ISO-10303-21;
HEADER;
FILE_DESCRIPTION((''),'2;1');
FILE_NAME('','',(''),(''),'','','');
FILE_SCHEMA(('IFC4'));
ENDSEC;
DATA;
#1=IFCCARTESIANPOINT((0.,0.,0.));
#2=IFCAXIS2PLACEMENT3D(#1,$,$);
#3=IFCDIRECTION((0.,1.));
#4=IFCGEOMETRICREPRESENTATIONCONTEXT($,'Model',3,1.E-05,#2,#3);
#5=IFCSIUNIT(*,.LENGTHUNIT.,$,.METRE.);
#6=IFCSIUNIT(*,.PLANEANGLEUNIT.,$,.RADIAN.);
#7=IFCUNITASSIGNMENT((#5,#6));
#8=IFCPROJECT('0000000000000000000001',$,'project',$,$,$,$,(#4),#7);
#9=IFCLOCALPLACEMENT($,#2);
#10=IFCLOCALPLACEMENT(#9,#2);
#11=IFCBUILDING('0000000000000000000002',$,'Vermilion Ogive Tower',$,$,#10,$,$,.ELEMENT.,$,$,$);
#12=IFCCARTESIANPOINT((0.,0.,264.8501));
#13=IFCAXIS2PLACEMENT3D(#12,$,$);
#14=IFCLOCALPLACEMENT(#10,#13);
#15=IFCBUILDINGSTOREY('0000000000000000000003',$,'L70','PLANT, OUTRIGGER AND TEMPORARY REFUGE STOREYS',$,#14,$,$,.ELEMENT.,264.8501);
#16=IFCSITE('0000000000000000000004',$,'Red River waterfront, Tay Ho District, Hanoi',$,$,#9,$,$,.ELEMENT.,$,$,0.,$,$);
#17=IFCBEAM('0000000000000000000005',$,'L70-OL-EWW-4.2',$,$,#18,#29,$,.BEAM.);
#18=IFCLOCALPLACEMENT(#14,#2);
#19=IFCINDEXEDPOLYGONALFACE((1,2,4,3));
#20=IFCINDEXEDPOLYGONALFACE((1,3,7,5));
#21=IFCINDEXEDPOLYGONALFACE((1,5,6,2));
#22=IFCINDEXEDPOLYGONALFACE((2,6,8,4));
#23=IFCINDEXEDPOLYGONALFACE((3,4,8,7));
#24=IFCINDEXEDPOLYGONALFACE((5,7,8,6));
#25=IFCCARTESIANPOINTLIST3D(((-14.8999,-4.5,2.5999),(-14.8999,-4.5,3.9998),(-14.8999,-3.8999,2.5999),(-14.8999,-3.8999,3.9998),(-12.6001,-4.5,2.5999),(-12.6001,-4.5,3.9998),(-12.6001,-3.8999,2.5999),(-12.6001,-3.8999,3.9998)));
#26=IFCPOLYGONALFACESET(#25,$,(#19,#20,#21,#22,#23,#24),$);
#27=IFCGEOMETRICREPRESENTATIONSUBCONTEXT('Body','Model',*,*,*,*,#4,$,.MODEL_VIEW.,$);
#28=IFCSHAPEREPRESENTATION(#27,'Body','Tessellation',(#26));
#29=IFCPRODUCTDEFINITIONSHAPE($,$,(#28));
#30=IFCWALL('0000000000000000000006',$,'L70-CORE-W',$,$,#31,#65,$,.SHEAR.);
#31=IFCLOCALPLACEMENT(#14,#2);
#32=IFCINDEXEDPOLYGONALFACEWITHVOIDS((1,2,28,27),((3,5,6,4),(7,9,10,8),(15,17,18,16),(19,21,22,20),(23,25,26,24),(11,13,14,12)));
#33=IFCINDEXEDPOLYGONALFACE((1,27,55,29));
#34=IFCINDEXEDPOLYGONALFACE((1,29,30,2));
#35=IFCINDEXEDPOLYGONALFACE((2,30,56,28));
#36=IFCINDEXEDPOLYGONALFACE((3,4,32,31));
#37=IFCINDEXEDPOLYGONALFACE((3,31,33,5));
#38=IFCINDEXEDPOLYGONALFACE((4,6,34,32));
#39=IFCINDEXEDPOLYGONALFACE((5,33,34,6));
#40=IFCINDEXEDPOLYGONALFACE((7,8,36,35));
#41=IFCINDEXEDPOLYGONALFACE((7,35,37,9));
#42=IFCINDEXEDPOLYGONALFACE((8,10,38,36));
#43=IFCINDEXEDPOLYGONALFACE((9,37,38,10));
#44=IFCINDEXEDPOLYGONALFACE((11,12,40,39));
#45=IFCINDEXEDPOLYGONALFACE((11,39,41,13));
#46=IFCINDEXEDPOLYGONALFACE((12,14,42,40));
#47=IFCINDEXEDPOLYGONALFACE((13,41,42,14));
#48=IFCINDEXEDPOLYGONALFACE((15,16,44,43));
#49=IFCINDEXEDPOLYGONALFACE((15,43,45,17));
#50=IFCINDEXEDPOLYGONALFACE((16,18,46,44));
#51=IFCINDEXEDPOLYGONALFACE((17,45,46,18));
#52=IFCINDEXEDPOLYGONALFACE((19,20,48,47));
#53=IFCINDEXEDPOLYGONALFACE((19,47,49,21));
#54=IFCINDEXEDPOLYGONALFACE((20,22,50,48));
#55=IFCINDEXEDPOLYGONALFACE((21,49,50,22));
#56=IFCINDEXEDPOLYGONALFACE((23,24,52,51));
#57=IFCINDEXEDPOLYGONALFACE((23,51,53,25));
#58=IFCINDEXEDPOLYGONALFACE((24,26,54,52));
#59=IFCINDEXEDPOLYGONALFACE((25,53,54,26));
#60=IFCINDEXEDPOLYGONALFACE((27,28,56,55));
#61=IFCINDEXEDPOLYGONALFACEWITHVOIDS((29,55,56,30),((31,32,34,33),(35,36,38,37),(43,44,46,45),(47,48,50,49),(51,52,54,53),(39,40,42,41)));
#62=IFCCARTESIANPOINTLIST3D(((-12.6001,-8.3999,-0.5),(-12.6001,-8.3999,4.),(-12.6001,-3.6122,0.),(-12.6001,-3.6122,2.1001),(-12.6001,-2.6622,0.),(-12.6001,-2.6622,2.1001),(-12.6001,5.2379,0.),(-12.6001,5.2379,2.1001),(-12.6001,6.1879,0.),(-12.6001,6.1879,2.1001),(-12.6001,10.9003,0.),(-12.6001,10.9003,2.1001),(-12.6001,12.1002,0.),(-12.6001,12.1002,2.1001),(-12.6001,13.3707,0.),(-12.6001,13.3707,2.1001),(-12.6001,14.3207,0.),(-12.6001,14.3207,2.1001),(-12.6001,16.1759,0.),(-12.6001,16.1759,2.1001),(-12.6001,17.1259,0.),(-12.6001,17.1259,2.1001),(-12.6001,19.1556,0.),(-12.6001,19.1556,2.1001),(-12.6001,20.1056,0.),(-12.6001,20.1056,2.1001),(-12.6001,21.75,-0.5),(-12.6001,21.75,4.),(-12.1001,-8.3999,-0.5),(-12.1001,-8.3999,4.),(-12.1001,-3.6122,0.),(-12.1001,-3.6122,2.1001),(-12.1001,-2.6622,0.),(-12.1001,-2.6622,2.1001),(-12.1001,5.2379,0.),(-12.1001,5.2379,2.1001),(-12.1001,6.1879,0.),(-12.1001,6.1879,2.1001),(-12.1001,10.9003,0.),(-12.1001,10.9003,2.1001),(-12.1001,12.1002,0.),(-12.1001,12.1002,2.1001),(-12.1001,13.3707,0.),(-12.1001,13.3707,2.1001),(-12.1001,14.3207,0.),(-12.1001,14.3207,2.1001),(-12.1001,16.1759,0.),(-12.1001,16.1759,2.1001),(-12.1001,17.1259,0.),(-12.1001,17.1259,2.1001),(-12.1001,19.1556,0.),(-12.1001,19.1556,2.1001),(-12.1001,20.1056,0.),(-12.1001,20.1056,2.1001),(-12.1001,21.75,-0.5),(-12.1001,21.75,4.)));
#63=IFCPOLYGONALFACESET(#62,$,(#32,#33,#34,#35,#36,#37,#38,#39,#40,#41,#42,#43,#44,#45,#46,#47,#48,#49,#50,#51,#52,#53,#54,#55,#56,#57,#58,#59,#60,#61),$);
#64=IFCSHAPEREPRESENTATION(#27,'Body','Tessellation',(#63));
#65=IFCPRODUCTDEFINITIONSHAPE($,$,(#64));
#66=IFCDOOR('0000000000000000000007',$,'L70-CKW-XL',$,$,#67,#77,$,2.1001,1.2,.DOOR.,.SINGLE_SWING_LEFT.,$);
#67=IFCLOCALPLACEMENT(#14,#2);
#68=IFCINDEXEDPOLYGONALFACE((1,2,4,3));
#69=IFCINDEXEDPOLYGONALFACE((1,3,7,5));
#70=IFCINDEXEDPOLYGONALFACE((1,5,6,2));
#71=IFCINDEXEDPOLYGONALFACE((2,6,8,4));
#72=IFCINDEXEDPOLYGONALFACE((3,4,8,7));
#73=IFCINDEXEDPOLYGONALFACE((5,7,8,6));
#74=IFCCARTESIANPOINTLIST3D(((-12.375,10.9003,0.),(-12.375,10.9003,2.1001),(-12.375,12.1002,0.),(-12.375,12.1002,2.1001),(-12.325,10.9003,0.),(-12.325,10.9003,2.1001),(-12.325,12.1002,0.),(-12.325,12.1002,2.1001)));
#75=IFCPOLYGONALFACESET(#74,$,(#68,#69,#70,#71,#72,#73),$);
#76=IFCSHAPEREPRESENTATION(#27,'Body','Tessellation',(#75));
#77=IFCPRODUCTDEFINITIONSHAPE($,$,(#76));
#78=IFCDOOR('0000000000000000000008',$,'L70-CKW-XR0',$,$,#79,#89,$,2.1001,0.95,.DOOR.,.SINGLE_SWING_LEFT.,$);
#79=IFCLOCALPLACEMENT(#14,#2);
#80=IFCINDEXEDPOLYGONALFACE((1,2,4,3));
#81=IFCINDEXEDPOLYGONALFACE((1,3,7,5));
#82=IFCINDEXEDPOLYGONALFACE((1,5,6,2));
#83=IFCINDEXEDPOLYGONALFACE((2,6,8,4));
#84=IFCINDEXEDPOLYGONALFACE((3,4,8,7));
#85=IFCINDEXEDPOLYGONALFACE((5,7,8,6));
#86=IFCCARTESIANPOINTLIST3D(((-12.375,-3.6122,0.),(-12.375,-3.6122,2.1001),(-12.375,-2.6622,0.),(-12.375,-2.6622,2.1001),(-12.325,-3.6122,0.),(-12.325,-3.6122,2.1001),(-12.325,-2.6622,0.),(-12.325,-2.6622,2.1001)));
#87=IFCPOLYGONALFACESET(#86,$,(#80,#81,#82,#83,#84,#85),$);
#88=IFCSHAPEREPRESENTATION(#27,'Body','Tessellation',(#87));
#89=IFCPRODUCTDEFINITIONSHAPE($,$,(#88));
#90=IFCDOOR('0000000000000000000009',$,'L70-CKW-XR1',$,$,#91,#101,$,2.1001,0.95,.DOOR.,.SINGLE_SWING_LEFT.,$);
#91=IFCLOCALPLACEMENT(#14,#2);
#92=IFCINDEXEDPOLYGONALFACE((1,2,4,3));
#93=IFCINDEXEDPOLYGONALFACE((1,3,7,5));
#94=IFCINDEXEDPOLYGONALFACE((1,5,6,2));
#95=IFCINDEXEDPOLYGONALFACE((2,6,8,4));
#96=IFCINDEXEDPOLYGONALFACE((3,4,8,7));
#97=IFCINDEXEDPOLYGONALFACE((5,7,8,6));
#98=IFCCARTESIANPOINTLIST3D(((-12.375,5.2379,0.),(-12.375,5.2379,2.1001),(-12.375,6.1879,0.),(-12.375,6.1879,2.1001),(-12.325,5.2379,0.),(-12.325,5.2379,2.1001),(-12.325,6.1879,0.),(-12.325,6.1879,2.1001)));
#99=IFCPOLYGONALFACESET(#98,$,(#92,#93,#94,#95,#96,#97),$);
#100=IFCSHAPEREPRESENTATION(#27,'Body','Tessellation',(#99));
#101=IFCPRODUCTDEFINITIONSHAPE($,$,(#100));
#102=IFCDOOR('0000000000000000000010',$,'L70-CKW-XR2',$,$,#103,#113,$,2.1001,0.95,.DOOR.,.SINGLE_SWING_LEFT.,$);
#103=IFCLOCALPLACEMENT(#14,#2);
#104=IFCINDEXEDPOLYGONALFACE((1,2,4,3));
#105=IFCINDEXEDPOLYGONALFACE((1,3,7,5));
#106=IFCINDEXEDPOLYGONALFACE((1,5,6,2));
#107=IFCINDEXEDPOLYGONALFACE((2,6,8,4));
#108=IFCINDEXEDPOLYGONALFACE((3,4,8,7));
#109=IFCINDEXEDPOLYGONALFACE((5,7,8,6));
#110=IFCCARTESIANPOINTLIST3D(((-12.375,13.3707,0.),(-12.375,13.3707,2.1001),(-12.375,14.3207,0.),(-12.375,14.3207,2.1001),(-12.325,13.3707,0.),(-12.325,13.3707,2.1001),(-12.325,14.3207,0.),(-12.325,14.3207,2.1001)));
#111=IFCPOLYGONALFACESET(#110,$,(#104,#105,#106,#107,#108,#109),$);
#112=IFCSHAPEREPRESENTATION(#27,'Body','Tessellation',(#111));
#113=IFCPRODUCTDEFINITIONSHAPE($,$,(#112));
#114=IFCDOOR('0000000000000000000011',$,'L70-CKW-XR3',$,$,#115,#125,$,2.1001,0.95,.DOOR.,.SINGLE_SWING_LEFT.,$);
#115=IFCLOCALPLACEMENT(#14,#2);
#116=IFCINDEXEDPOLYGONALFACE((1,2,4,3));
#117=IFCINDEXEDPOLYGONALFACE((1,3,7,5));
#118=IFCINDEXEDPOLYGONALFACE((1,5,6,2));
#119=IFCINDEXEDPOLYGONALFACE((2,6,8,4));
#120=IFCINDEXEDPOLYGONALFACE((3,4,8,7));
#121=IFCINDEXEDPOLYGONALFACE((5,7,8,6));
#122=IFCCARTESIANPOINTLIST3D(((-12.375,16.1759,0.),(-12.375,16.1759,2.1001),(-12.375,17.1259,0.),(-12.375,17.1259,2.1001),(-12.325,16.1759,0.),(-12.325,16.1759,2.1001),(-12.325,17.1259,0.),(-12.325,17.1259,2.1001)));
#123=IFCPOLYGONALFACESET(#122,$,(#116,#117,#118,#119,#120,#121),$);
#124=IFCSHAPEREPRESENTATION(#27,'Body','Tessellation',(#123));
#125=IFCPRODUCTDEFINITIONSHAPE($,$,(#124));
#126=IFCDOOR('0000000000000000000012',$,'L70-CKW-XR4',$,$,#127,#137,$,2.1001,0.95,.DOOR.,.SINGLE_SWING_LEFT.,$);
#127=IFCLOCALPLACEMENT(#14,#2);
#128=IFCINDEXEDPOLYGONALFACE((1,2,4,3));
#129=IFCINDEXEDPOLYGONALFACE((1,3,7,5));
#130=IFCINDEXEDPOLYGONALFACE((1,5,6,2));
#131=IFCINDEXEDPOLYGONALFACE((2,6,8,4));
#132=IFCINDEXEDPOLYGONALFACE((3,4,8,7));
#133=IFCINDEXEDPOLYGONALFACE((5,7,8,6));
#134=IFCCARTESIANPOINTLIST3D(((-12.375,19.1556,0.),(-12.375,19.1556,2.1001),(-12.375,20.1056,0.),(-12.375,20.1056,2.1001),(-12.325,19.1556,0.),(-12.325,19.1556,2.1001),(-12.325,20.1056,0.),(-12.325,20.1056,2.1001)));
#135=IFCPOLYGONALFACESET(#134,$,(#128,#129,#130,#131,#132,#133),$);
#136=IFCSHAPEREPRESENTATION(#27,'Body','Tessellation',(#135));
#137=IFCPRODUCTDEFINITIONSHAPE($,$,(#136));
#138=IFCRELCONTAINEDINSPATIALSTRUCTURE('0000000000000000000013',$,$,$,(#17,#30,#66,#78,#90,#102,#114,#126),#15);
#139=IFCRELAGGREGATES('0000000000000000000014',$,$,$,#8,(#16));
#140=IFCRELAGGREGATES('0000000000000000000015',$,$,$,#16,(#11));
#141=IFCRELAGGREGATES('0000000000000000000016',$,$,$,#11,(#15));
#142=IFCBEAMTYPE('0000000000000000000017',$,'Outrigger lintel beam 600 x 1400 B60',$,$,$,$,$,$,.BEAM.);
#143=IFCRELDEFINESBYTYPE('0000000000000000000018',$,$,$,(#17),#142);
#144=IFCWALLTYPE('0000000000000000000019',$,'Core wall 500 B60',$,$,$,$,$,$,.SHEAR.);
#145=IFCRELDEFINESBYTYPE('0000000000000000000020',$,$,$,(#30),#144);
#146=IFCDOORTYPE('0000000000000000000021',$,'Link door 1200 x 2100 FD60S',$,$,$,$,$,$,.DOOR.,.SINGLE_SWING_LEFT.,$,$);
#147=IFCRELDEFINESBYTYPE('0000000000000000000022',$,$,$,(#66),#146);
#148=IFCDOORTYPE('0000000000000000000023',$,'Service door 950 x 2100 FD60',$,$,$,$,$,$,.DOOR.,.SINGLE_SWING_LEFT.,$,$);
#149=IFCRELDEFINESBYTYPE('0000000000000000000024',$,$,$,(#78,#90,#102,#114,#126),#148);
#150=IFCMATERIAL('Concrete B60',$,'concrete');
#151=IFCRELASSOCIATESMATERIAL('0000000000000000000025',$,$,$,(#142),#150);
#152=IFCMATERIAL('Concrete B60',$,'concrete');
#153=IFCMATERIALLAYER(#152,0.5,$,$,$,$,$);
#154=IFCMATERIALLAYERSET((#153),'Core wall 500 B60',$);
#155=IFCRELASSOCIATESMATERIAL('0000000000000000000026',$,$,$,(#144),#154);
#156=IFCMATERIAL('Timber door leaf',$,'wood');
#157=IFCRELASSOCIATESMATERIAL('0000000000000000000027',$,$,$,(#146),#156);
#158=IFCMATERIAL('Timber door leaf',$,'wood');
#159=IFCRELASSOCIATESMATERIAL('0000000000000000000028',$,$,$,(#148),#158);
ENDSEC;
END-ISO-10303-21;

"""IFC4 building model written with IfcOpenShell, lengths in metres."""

from ifc_helpers import new_model, si_unit, direction, frame, frame_2d, origin, origin_2d, place, context, subcontext, project, spatial, rectangle, extrude, material, layer, layer_set, material_profile, profile_set, type_object, element, fill, save


model = new_model("IFC4")

# Units and contexts
model_context = context("Model", 3, precision=1e-05, world=origin(), true_north=direction((0.0, 1.0)))
body_context = subcontext(model_context, "Body", "Model", "MODEL_VIEW")
ifc_project = project(units=[si_unit("LENGTHUNIT", "METRE"), si_unit("PLANEANGLEUNIT", "RADIAN")], contexts=[model_context])

# Site, building, storey
site_placement = place(None, origin())
site = spatial("IfcSite", under=ifc_project, at=site_placement, Name="Red River waterfront, Tay Ho District, Hanoi", CompositionType="ELEMENT", RefElevation=0.0)
building_placement = place(site_placement, origin())
building = spatial("IfcBuilding", under=site, at=building_placement, Name="Vermilion Ogive Tower", CompositionType="ELEMENT")
storey_placement = place(building_placement, frame((0.0, 0.0, 264.8501)))
storey = spatial("IfcBuildingStorey", under=building, at=storey_placement, Name="L70", Description="PLANT, OUTRIGGER AND TEMPORARY REFUGE STOREYS", CompositionType="ELEMENT", Elevation=264.8501)

# Beam
ifc_material_1 = material(Name="Concrete B60", Category="concrete")
ifc_material_profile = material_profile(ifc_material_1, rectangle(XDim=0.6001, YDim=1.3999, at=origin_2d()), Name="600 x 1400")
ifc_profile_set = profile_set([ifc_material_profile], Name="Concrete B60")
beam_type = type_object("IfcBeamType", Name="Outrigger lintel beam 600 x 1400 B60", PredefinedType="BEAM", material=ifc_profile_set)
beam_placement = place(storey_placement, frame((-12.6001, -4.2, 3.2998), z_axis=(-1.0, 0.0, 0.0), x_axis=(0.0, -1.0, 0.0)))
element("IfcBeam", 1, at=beam_placement, inside=storey, type_object=beam_type, Name="L70-OL-EWW-4.2", PredefinedType="BEAM", context=body_context, shape_type="SweptSolid", body=[
    extrude(rectangle(XDim=0.6001, YDim=1.3999, at=origin_2d()), origin(), (0.0, 0.0, 1.0), 2.2998),
])

# Wall, openings, doors
ifc_material_2 = material(Name="Concrete B60", Category="concrete")
ifc_layer_1 = layer(ifc_material_2, 0.5)
ifc_layer_set_1 = layer_set([ifc_layer_1], Name="Core wall 500 B60")
wall_type_1 = type_object("IfcWallType", Name="Core wall 500 B60", PredefinedType="SHEAR", material=ifc_layer_set_1)
wall_1_placement = place(storey_placement, frame((-12.3501, -8.3999, -0.5), z_axis=(0.0, 0.0, 1.0), x_axis=(0.0, 1.0, 0.0)))
wall_1 = element("IfcWall", 2, at=wall_1_placement, inside=storey, type_object=wall_type_1, Name="L70-CORE-W", PredefinedType="SHEAR", context=body_context, shape_type="SweptSolid", body=[
    extrude(rectangle(XDim=30.1499, YDim=0.5, at=frame_2d((15.075, 0.0))), origin(), (0.0, 0.0, 1.0), 4.5),
])
opening_1_placement = place(wall_1_placement, frame((4.7876, 0.0, 0.5)))
opening_1 = element("IfcOpeningElement", 3, at=opening_1_placement, cuts=wall_1, PredefinedType="OPENING", context=body_context, shape_type="SweptSolid", body=[
    extrude(rectangle(XDim=0.95, YDim=2.1001, at=frame_2d((0.4751, 1.05))), frame((0.0, 0.26, 0.0), z_axis=(0.0, -1.0, 0.0), x_axis=(1.0, 0.0, 0.0)), (0.0, 0.0, 1.0), 0.52),
])
opening_2_placement = place(wall_1_placement, frame((13.6377, 0.0, 0.5)))
opening_2 = element("IfcOpeningElement", 4, at=opening_2_placement, cuts=wall_1, PredefinedType="OPENING", context=body_context, shape_type="SweptSolid", body=[
    extrude(rectangle(XDim=0.95, YDim=2.1001, at=frame_2d((0.4751, 1.05))), frame((0.0, 0.26, 0.0), z_axis=(0.0, -1.0, 0.0), x_axis=(1.0, 0.0, 0.0)), (0.0, 0.0, 1.0), 0.52),
])
opening_3_placement = place(wall_1_placement, frame((21.7705, 0.0, 0.5)))
opening_3 = element("IfcOpeningElement", 5, at=opening_3_placement, cuts=wall_1, PredefinedType="OPENING", context=body_context, shape_type="SweptSolid", body=[
    extrude(rectangle(XDim=0.95, YDim=2.1001, at=frame_2d((0.4751, 1.05))), frame((0.0, 0.26, 0.0), z_axis=(0.0, -1.0, 0.0), x_axis=(1.0, 0.0, 0.0)), (0.0, 0.0, 1.0), 0.52),
])
opening_4_placement = place(wall_1_placement, frame((24.5757, 0.0, 0.5)))
opening_4 = element("IfcOpeningElement", 6, at=opening_4_placement, cuts=wall_1, PredefinedType="OPENING", context=body_context, shape_type="SweptSolid", body=[
    extrude(rectangle(XDim=0.95, YDim=2.1001, at=frame_2d((0.4751, 1.05))), frame((0.0, 0.26, 0.0), z_axis=(0.0, -1.0, 0.0), x_axis=(1.0, 0.0, 0.0)), (0.0, 0.0, 1.0), 0.52),
])
opening_5_placement = place(wall_1_placement, frame((27.5554, 0.0, 0.5)))
opening_5 = element("IfcOpeningElement", 7, at=opening_5_placement, cuts=wall_1, PredefinedType="OPENING", context=body_context, shape_type="SweptSolid", body=[
    extrude(rectangle(XDim=0.95, YDim=2.1001, at=frame_2d((0.4751, 1.05))), frame((0.0, 0.26, 0.0), z_axis=(0.0, -1.0, 0.0), x_axis=(1.0, 0.0, 0.0)), (0.0, 0.0, 1.0), 0.52),
])
opening_6_placement = place(wall_1_placement, frame((19.3, 0.0, 0.5)))
opening_6 = element("IfcOpeningElement", 8, at=opening_6_placement, cuts=wall_1, PredefinedType="OPENING", context=body_context, shape_type="SweptSolid", body=[
    extrude(rectangle(XDim=1.2, YDim=2.1001, at=frame_2d((0.6001, 1.05))), frame((0.0, 0.26, 0.0), z_axis=(0.0, -1.0, 0.0), x_axis=(1.0, 0.0, 0.0)), (0.0, 0.0, 1.0), 0.52),
])
ifc_material_3 = material(Name="Timber door leaf", Category="wood")
door_type_1 = type_object("IfcDoorType", Name="Link door 1200 x 2100 FD60S", OperationType="SINGLE_SWING_LEFT", PredefinedType="DOOR", material=ifc_material_3)
door_1_placement = place(opening_6_placement, origin())
door_1 = element("IfcDoor", 9, at=door_1_placement, inside=storey, type_object=door_type_1, Name="L70-CKW-XL", OperationType="SINGLE_SWING_LEFT", OverallHeight=2.1001, OverallWidth=1.2, PredefinedType="DOOR", context=body_context, shape_type="SweptSolid", body=[
    extrude(rectangle(XDim=1.2, YDim=2.1001, at=frame_2d((0.6001, 1.05))), frame((0.0, 0.0249, 0.0), z_axis=(0.0, -1.0, 0.0), x_axis=(1.0, 0.0, 0.0)), (0.0, 0.0, 1.0), 0.05),
])
fill(opening_6, door_1)
ifc_material_4 = material(Name="Timber door leaf", Category="wood")
door_type_2 = type_object("IfcDoorType", Name="Service door 950 x 2100 FD60", OperationType="SINGLE_SWING_LEFT", PredefinedType="DOOR", material=ifc_material_4)
door_2_placement = place(opening_1_placement, origin())
door_2 = element("IfcDoor", 10, at=door_2_placement, inside=storey, type_object=door_type_2, Name="L70-CKW-XR0", OperationType="SINGLE_SWING_LEFT", OverallHeight=2.1001, OverallWidth=0.95, PredefinedType="DOOR", context=body_context, shape_type="SweptSolid", body=[
    extrude(rectangle(XDim=0.95, YDim=2.1001, at=frame_2d((0.4751, 1.05))), frame((0.0, 0.0249, 0.0), z_axis=(0.0, -1.0, 0.0), x_axis=(1.0, 0.0, 0.0)), (0.0, 0.0, 1.0), 0.05),
])
fill(opening_1, door_2)
door_3_placement = place(opening_2_placement, origin())
door_3 = element("IfcDoor", 11, at=door_3_placement, inside=storey, type_object=door_type_2, Name="L70-CKW-XR1", OperationType="SINGLE_SWING_LEFT", OverallHeight=2.1001, OverallWidth=0.95, PredefinedType="DOOR", context=body_context, shape_type="SweptSolid", body=[
    extrude(rectangle(XDim=0.95, YDim=2.1001, at=frame_2d((0.4751, 1.05))), frame((0.0, 0.0249, 0.0), z_axis=(0.0, -1.0, 0.0), x_axis=(1.0, 0.0, 0.0)), (0.0, 0.0, 1.0), 0.05),
])
fill(opening_2, door_3)
door_4_placement = place(opening_3_placement, origin())
door_4 = element("IfcDoor", 12, at=door_4_placement, inside=storey, type_object=door_type_2, Name="L70-CKW-XR2", OperationType="SINGLE_SWING_LEFT", OverallHeight=2.1001, OverallWidth=0.95, PredefinedType="DOOR", context=body_context, shape_type="SweptSolid", body=[
    extrude(rectangle(XDim=0.95, YDim=2.1001, at=frame_2d((0.4751, 1.05))), frame((0.0, 0.0249, 0.0), z_axis=(0.0, -1.0, 0.0), x_axis=(1.0, 0.0, 0.0)), (0.0, 0.0, 1.0), 0.05),
])
fill(opening_3, door_4)
door_5_placement = place(opening_4_placement, origin())
door_5 = element("IfcDoor", 13, at=door_5_placement, inside=storey, type_object=door_type_2, Name="L70-CKW-XR3", OperationType="SINGLE_SWING_LEFT", OverallHeight=2.1001, OverallWidth=0.95, PredefinedType="DOOR", context=body_context, shape_type="SweptSolid", body=[
    extrude(rectangle(XDim=0.95, YDim=2.1001, at=frame_2d((0.4751, 1.05))), frame((0.0, 0.0249, 0.0), z_axis=(0.0, -1.0, 0.0), x_axis=(1.0, 0.0, 0.0)), (0.0, 0.0, 1.0), 0.05),
])
fill(opening_4, door_5)
door_6_placement = place(opening_5_placement, origin())
door_6 = element("IfcDoor", 14, at=door_6_placement, inside=storey, type_object=door_type_2, Name="L70-CKW-XR4", OperationType="SINGLE_SWING_LEFT", OverallHeight=2.1001, OverallWidth=0.95, PredefinedType="DOOR", context=body_context, shape_type="SweptSolid", body=[
    extrude(rectangle(XDim=0.95, YDim=2.1001, at=frame_2d((0.4751, 1.05))), frame((0.0, 0.0249, 0.0), z_axis=(0.0, -1.0, 0.0), x_axis=(1.0, 0.0, 0.0)), (0.0, 0.0, 1.0), 0.05),
])
fill(opening_5, door_6)

save(model, "model.ifc")
